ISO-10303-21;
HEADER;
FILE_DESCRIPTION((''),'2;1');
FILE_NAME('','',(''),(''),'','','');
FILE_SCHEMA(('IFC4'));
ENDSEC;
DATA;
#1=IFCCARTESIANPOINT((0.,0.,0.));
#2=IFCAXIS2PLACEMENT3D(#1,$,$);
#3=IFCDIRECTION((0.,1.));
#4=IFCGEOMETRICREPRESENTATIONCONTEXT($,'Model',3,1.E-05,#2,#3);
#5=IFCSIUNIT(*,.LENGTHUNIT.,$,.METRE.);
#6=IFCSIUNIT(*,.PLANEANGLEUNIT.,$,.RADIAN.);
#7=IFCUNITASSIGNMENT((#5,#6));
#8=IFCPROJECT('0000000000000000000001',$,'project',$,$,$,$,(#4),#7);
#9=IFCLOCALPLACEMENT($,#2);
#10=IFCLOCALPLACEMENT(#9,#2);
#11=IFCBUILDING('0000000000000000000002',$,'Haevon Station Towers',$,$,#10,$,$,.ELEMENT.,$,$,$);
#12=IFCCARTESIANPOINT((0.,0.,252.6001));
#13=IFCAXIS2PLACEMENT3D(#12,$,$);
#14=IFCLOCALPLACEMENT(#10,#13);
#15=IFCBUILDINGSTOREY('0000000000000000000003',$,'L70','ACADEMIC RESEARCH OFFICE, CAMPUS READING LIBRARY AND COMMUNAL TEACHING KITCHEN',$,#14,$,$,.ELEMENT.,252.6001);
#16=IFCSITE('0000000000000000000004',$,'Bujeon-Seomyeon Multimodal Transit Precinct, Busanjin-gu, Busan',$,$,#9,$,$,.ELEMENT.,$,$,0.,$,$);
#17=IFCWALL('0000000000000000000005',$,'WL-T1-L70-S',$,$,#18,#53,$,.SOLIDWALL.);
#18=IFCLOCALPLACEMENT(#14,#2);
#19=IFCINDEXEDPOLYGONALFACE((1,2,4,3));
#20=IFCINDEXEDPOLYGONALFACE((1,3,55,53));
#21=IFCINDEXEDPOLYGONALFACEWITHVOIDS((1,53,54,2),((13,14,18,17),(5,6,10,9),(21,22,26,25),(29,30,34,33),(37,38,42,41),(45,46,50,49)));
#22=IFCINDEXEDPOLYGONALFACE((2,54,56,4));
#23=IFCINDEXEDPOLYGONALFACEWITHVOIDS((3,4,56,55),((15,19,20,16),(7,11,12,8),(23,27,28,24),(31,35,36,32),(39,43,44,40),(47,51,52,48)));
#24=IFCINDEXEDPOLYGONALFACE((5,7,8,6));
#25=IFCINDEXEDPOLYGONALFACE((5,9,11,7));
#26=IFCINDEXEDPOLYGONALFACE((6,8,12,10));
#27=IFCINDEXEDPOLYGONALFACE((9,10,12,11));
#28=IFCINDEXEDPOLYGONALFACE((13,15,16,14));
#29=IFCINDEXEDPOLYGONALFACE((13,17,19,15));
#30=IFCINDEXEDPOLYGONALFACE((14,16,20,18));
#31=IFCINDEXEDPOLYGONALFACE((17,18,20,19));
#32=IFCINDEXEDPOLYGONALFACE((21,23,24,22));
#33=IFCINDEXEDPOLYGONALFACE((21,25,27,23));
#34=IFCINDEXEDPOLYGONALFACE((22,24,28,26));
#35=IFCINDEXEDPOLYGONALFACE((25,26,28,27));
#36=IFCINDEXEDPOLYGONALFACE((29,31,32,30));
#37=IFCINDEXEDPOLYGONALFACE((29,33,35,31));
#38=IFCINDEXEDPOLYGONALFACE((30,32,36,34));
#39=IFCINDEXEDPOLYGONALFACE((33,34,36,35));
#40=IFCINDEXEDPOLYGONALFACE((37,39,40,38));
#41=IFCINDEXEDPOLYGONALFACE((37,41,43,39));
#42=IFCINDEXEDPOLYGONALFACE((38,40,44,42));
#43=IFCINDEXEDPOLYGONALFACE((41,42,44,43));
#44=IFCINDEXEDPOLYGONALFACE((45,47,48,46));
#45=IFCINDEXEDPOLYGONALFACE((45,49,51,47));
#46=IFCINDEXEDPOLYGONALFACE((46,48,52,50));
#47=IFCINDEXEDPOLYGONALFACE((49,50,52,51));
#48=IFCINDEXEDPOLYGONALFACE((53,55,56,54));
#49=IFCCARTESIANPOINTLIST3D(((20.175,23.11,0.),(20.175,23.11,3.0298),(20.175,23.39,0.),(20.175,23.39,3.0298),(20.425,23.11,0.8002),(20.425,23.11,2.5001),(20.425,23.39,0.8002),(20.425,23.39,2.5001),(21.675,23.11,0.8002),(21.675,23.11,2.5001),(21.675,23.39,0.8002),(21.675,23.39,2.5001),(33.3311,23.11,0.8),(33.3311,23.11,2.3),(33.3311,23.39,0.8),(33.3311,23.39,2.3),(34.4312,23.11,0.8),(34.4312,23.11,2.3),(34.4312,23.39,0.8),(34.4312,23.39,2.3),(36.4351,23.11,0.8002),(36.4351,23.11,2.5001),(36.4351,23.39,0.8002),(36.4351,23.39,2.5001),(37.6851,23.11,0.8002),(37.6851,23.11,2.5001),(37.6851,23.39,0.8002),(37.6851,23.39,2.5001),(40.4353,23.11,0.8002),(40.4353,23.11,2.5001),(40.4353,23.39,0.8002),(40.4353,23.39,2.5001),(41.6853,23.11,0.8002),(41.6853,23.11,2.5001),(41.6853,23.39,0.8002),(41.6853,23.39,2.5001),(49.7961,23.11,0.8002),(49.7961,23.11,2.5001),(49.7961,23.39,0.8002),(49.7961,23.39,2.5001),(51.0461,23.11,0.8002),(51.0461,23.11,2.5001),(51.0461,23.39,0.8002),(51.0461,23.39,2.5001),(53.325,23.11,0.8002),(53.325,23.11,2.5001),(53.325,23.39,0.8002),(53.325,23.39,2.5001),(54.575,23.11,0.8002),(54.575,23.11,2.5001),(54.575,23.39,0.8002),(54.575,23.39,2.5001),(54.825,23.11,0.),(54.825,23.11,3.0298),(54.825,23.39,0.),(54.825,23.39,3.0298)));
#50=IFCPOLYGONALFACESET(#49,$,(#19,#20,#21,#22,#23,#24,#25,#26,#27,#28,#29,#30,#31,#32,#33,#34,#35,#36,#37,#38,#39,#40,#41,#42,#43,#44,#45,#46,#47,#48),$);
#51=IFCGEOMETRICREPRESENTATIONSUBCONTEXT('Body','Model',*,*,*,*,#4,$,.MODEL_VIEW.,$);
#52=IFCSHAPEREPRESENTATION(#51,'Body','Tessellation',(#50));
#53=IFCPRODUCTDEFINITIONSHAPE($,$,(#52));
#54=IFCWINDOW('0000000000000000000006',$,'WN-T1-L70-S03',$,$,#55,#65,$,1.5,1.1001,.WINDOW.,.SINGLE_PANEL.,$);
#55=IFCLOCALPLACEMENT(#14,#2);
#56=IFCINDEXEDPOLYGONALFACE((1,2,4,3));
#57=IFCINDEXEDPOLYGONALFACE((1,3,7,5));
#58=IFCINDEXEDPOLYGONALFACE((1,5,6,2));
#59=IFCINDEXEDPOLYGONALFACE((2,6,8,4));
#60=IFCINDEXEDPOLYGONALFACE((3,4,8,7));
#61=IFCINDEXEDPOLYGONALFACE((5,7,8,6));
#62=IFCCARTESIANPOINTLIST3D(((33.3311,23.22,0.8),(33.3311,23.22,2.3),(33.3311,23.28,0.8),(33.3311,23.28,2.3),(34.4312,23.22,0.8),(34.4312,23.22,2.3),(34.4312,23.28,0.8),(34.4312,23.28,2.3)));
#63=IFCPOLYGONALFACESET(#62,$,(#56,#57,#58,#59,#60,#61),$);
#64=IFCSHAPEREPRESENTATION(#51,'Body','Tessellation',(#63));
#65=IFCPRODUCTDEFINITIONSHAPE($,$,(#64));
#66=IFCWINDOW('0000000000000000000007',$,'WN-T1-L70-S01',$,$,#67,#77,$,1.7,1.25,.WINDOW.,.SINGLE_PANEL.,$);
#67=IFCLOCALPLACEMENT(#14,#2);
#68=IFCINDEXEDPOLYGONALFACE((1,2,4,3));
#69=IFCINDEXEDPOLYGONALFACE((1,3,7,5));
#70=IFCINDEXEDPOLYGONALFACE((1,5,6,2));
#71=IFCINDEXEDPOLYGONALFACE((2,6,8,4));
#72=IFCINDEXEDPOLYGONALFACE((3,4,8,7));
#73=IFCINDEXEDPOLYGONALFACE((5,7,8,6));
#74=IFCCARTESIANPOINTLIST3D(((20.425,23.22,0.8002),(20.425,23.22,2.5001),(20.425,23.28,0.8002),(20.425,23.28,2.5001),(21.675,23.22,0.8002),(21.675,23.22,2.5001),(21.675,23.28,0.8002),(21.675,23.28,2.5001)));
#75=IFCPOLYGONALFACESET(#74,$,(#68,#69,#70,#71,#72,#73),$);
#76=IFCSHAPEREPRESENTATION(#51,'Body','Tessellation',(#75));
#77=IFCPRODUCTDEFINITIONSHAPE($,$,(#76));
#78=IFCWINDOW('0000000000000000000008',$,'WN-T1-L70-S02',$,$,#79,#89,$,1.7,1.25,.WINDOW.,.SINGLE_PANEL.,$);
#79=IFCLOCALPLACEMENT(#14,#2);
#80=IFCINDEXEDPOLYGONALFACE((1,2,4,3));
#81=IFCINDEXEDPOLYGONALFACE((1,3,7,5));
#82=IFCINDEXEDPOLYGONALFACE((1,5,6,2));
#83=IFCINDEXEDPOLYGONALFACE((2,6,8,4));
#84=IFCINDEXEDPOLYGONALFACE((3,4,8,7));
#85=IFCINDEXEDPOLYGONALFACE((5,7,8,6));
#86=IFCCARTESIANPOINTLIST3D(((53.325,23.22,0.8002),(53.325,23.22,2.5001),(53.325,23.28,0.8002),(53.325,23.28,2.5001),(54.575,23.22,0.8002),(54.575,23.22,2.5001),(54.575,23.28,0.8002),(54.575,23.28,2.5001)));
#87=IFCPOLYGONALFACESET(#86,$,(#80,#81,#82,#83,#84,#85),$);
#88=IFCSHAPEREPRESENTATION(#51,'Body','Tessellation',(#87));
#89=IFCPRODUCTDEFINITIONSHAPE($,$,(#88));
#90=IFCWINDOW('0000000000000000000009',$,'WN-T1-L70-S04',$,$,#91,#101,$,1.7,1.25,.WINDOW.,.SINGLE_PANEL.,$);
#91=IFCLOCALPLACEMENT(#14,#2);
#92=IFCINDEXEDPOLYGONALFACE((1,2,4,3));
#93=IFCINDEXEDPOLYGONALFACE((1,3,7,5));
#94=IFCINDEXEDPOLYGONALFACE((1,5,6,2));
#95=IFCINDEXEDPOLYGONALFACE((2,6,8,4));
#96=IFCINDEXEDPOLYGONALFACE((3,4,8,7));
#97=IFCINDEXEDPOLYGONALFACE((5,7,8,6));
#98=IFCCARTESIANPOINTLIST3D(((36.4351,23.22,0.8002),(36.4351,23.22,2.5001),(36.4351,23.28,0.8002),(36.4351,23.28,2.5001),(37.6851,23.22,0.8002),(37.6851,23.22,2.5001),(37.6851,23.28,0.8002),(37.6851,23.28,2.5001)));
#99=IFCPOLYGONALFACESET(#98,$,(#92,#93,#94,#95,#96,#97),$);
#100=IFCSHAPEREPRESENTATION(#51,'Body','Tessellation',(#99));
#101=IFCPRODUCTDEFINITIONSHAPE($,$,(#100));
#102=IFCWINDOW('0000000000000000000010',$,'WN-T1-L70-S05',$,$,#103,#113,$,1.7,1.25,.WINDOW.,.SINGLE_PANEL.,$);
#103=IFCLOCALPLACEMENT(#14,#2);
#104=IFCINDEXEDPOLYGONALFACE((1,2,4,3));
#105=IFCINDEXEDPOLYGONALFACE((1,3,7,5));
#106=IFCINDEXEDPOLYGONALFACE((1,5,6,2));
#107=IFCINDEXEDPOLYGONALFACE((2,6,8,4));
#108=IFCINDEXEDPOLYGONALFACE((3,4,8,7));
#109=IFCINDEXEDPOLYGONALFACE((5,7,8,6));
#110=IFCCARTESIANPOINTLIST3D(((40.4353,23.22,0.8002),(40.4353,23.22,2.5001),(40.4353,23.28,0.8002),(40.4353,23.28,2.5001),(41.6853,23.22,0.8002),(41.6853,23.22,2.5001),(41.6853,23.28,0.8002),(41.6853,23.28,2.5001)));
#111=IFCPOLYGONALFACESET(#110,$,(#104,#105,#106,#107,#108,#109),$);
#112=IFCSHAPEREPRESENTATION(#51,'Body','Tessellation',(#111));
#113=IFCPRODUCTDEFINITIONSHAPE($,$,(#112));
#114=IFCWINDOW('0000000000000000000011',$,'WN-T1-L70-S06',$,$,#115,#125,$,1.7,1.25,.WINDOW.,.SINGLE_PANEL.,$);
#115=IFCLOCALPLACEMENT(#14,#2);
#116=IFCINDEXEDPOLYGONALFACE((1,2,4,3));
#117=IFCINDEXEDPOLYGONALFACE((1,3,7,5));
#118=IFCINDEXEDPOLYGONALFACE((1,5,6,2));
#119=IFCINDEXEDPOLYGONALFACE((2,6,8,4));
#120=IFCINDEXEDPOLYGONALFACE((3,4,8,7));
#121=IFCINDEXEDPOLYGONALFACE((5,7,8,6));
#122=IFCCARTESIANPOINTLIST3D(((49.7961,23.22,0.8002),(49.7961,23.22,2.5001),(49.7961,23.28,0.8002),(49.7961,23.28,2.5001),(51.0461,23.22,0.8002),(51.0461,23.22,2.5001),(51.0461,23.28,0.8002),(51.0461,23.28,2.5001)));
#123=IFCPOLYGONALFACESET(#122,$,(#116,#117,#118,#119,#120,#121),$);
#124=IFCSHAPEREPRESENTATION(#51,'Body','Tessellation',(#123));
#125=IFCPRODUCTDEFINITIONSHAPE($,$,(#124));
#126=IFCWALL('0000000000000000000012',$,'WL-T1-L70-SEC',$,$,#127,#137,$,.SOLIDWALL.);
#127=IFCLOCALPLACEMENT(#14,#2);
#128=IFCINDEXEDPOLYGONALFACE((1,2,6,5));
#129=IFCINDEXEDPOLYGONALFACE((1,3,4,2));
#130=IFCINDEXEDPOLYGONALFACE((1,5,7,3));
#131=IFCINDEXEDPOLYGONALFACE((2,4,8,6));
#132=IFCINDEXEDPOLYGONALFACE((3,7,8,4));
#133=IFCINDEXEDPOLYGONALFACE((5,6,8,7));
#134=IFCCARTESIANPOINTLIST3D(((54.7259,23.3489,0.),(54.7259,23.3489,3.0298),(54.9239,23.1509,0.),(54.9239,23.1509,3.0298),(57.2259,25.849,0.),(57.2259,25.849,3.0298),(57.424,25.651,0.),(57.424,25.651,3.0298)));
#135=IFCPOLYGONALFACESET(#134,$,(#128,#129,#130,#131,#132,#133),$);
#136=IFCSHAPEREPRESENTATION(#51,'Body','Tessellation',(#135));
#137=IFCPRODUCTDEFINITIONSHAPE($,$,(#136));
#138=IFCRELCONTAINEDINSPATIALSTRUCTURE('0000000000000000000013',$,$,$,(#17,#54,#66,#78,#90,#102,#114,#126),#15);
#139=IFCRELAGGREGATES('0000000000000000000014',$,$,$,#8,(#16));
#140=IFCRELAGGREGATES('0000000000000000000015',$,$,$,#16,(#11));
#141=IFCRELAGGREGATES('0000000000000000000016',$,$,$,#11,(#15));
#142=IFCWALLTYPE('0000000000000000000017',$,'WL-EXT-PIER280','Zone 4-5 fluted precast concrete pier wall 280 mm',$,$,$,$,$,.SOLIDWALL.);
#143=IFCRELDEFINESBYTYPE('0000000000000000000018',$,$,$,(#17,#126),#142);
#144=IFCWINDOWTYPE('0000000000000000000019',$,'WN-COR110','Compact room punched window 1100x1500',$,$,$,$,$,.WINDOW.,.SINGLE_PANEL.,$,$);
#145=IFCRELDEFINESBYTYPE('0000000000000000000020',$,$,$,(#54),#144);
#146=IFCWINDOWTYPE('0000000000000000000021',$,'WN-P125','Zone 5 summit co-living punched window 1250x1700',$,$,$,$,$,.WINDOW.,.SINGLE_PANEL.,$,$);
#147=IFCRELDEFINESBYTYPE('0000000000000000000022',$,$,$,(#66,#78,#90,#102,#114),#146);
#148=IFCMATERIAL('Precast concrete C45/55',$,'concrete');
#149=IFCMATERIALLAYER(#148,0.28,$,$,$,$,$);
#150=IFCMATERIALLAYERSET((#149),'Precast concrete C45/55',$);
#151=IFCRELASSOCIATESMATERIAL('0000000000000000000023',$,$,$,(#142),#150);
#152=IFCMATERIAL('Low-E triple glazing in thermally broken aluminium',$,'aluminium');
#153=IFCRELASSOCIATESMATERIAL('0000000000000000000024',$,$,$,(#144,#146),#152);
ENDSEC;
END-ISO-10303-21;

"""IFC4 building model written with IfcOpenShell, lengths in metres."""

from ifc_helpers import new_model, si_unit, direction, frame, frame_2d, origin, place, context, subcontext, project, spatial, rectangle, extrude, material, layer, layer_set, type_object, element, fill, save


model = new_model("IFC4")

# Units and contexts
model_context = context("Model", 3, precision=1e-05, world=origin(), true_north=direction((0.0, 1.0)))
body_context = subcontext(model_context, "Body", "Model", "MODEL_VIEW")
ifc_project = project(units=[si_unit("LENGTHUNIT", "METRE"), si_unit("PLANEANGLEUNIT", "RADIAN")], contexts=[model_context])

# Site, building, storey
site_placement = place(None, origin())
site = spatial("IfcSite", under=ifc_project, at=site_placement, Name="Bujeon-Seomyeon Multimodal Transit Precinct, Busanjin-gu, Busan", CompositionType="ELEMENT", RefElevation=0.0)
building_placement = place(site_placement, origin())
building = spatial("IfcBuilding", under=site, at=building_placement, Name="Haevon Station Towers", CompositionType="ELEMENT")
storey_placement = place(building_placement, frame((0.0, 0.0, 252.6001)))
storey = spatial("IfcBuildingStorey", under=building, at=storey_placement, Name="L70", Description="ACADEMIC RESEARCH OFFICE, CAMPUS READING LIBRARY AND COMMUNAL TEACHING KITCHEN", CompositionType="ELEMENT", Elevation=252.6001)

# Wall, openings, windows
ifc_material_1 = material(Name="Precast concrete C45/55", Category="concrete")
ifc_layer_1 = layer(ifc_material_1, 0.28)
ifc_layer_set_1 = layer_set([ifc_layer_1], Name="Precast concrete C45/55")
wall_type_1 = type_object("IfcWallType", Name="WL-EXT-PIER280", Description="Zone 4-5 fluted precast concrete pier wall 280 mm", PredefinedType="SOLIDWALL", material=ifc_layer_set_1)
wall_1_placement = place(storey_placement, frame((54.825, 23.25, 0.0), z_axis=(0.0, 0.0, 1.0), x_axis=(-1.0, 0.0, 0.0)))
wall_1 = element("IfcWall", 1, at=wall_1_placement, inside=storey, type_object=wall_type_1, Name="WL-T1-L70-S", PredefinedType="SOLIDWALL", context=body_context, shape_type="SweptSolid", body=[
    extrude(rectangle(XDim=34.6499, YDim=0.28, at=frame_2d((17.325, 0.0))), origin(), (0.0, 0.0, 1.0), 3.0298),
])
opening_1_placement = place(wall_1_placement, frame((33.1499, 0.0, 0.8)))
opening_1 = element("IfcOpeningElement", 2, at=opening_1_placement, cuts=wall_1, PredefinedType="OPENING", context=body_context, shape_type="SweptSolid", body=[
    extrude(rectangle(XDim=1.25, YDim=1.7, at=frame_2d((0.625, 0.8501))), frame((0.0, 0.1499, 0.0), z_axis=(0.0, -1.0, 0.0), x_axis=(1.0, 0.0, 0.0)), (0.0, 0.0, 1.0), 0.3),
])
opening_2_placement = place(wall_1_placement, frame((0.25, 0.0, 0.8)))
opening_2 = element("IfcOpeningElement", 3, at=opening_2_placement, cuts=wall_1, PredefinedType="OPENING", context=body_context, shape_type="SweptSolid", body=[
    extrude(rectangle(XDim=1.25, YDim=1.7, at=frame_2d((0.625, 0.8501))), frame((0.0, 0.1499, 0.0), z_axis=(0.0, -1.0, 0.0), x_axis=(1.0, 0.0, 0.0)), (0.0, 0.0, 1.0), 0.3),
])
opening_3_placement = place(wall_1_placement, frame((20.3938, 0.0, 0.8)))
opening_3 = element("IfcOpeningElement", 4, at=opening_3_placement, cuts=wall_1, PredefinedType="OPENING", context=body_context, shape_type="SweptSolid", body=[
    extrude(rectangle(XDim=1.1001, YDim=1.5, at=frame_2d((0.55, 0.75))), frame((0.0, 0.1499, 0.0), z_axis=(0.0, -1.0, 0.0), x_axis=(1.0, 0.0, 0.0)), (0.0, 0.0, 1.0), 0.3),
])
opening_4_placement = place(wall_1_placement, frame((17.1399, 0.0, 0.8)))
opening_4 = element("IfcOpeningElement", 5, at=opening_4_placement, cuts=wall_1, PredefinedType="OPENING", context=body_context, shape_type="SweptSolid", body=[
    extrude(rectangle(XDim=1.25, YDim=1.7, at=frame_2d((0.625, 0.8501))), frame((0.0, 0.1499, 0.0), z_axis=(0.0, -1.0, 0.0), x_axis=(1.0, 0.0, 0.0)), (0.0, 0.0, 1.0), 0.3),
])
opening_5_placement = place(wall_1_placement, frame((13.1396, 0.0, 0.8)))
opening_5 = element("IfcOpeningElement", 6, at=opening_5_placement, cuts=wall_1, PredefinedType="OPENING", context=body_context, shape_type="SweptSolid", body=[
    extrude(rectangle(XDim=1.25, YDim=1.7, at=frame_2d((0.625, 0.8501))), frame((0.0, 0.1499, 0.0), z_axis=(0.0, -1.0, 0.0), x_axis=(1.0, 0.0, 0.0)), (0.0, 0.0, 1.0), 0.3),
])
opening_6_placement = place(wall_1_placement, frame((3.7788, 0.0, 0.8)))
opening_6 = element("IfcOpeningElement", 7, at=opening_6_placement, cuts=wall_1, PredefinedType="OPENING", context=body_context, shape_type="SweptSolid", body=[
    extrude(rectangle(XDim=1.25, YDim=1.7, at=frame_2d((0.625, 0.8501))), frame((0.0, 0.1499, 0.0), z_axis=(0.0, -1.0, 0.0), x_axis=(1.0, 0.0, 0.0)), (0.0, 0.0, 1.0), 0.3),
])
ifc_material_2 = material(Name="Low-E triple glazing in thermally broken aluminium", Category="aluminium")
window_type_1 = type_object("IfcWindowType", Name="WN-COR110", Description="Compact room punched window 1100x1500", PartitioningType="SINGLE_PANEL", PredefinedType="WINDOW", material=ifc_material_2)
window_1_placement = place(opening_3_placement, origin())
window_1 = element("IfcWindow", 8, at=window_1_placement, inside=storey, type_object=window_type_1, Name="WN-T1-L70-S03", OverallHeight=1.5, OverallWidth=1.1001, PartitioningType="SINGLE_PANEL", PredefinedType="WINDOW", context=body_context, shape_type="SweptSolid", body=[
    extrude(rectangle(XDim=1.1001, YDim=1.5, at=frame_2d((0.55, 0.75))), frame((0.0, 0.03, 0.0), z_axis=(0.0, -1.0, 0.0), x_axis=(1.0, 0.0, 0.0)), (0.0, 0.0, 1.0), 0.0601),
])
fill(opening_3, window_1)
window_type_2 = type_object("IfcWindowType", Name="WN-P125", Description="Zone 5 summit co-living punched window 1250x1700", PartitioningType="SINGLE_PANEL", PredefinedType="WINDOW", material=ifc_material_2)
window_2_placement = place(opening_1_placement, origin())
window_2 = element("IfcWindow", 9, at=window_2_placement, inside=storey, type_object=window_type_2, Name="WN-T1-L70-S01", OverallHeight=1.7, OverallWidth=1.25, PartitioningType="SINGLE_PANEL", PredefinedType="WINDOW", context=body_context, shape_type="SweptSolid", body=[
    extrude(rectangle(XDim=1.25, YDim=1.7, at=frame_2d((0.625, 0.8501))), frame((0.0, 0.03, 0.0), z_axis=(0.0, -1.0, 0.0), x_axis=(1.0, 0.0, 0.0)), (0.0, 0.0, 1.0), 0.0601),
])
fill(opening_1, window_2)
window_3_placement = place(opening_2_placement, origin())
window_3 = element("IfcWindow", 10, at=window_3_placement, inside=storey, type_object=window_type_2, Name="WN-T1-L70-S02", OverallHeight=1.7, OverallWidth=1.25, PartitioningType="SINGLE_PANEL", PredefinedType="WINDOW", context=body_context, shape_type="SweptSolid", body=[
    extrude(rectangle(XDim=1.25, YDim=1.7, at=frame_2d((0.625, 0.8501))), frame((0.0, 0.03, 0.0), z_axis=(0.0, -1.0, 0.0), x_axis=(1.0, 0.0, 0.0)), (0.0, 0.0, 1.0), 0.0601),
])
fill(opening_2, window_3)
window_4_placement = place(opening_4_placement, origin())
window_4 = element("IfcWindow", 11, at=window_4_placement, inside=storey, type_object=window_type_2, Name="WN-T1-L70-S04", OverallHeight=1.7, OverallWidth=1.25, PartitioningType="SINGLE_PANEL", PredefinedType="WINDOW", context=body_context, shape_type="SweptSolid", body=[
    extrude(rectangle(XDim=1.25, YDim=1.7, at=frame_2d((0.625, 0.8501))), frame((0.0, 0.03, 0.0), z_axis=(0.0, -1.0, 0.0), x_axis=(1.0, 0.0, 0.0)), (0.0, 0.0, 1.0), 0.0601),
])
fill(opening_4, window_4)
window_5_placement = place(opening_5_placement, origin())
window_5 = element("IfcWindow", 12, at=window_5_placement, inside=storey, type_object=window_type_2, Name="WN-T1-L70-S05", OverallHeight=1.7, OverallWidth=1.25, PartitioningType="SINGLE_PANEL", PredefinedType="WINDOW", context=body_context, shape_type="SweptSolid", body=[
    extrude(rectangle(XDim=1.25, YDim=1.7, at=frame_2d((0.625, 0.8501))), frame((0.0, 0.03, 0.0), z_axis=(0.0, -1.0, 0.0), x_axis=(1.0, 0.0, 0.0)), (0.0, 0.0, 1.0), 0.0601),
])
fill(opening_5, window_5)
window_6_placement = place(opening_6_placement, origin())
window_6 = element("IfcWindow", 13, at=window_6_placement, inside=storey, type_object=window_type_2, Name="WN-T1-L70-S06", OverallHeight=1.7, OverallWidth=1.25, PartitioningType="SINGLE_PANEL", PredefinedType="WINDOW", context=body_context, shape_type="SweptSolid", body=[
    extrude(rectangle(XDim=1.25, YDim=1.7, at=frame_2d((0.625, 0.8501))), frame((0.0, 0.03, 0.0), z_axis=(0.0, -1.0, 0.0), x_axis=(1.0, 0.0, 0.0)), (0.0, 0.0, 1.0), 0.0601),
])
fill(opening_6, window_6)

# Wall
wall_2_placement = place(storey_placement, frame((57.325, 25.75, 0.0), z_axis=(0.0, 0.0, 1.0), x_axis=(-0.707107, -0.707107, 0.0)))
element("IfcWall", 14, at=wall_2_placement, inside=storey, type_object=wall_type_1, Name="WL-T1-L70-SEC", PredefinedType="SOLIDWALL", context=body_context, shape_type="SweptSolid", body=[
    extrude(rectangle(XDim=3.5356, YDim=0.28, at=frame_2d((1.7678, 0.0))), origin(), (0.0, 0.0, 1.0), 3.0298),
])

save(model, "model.ifc")
